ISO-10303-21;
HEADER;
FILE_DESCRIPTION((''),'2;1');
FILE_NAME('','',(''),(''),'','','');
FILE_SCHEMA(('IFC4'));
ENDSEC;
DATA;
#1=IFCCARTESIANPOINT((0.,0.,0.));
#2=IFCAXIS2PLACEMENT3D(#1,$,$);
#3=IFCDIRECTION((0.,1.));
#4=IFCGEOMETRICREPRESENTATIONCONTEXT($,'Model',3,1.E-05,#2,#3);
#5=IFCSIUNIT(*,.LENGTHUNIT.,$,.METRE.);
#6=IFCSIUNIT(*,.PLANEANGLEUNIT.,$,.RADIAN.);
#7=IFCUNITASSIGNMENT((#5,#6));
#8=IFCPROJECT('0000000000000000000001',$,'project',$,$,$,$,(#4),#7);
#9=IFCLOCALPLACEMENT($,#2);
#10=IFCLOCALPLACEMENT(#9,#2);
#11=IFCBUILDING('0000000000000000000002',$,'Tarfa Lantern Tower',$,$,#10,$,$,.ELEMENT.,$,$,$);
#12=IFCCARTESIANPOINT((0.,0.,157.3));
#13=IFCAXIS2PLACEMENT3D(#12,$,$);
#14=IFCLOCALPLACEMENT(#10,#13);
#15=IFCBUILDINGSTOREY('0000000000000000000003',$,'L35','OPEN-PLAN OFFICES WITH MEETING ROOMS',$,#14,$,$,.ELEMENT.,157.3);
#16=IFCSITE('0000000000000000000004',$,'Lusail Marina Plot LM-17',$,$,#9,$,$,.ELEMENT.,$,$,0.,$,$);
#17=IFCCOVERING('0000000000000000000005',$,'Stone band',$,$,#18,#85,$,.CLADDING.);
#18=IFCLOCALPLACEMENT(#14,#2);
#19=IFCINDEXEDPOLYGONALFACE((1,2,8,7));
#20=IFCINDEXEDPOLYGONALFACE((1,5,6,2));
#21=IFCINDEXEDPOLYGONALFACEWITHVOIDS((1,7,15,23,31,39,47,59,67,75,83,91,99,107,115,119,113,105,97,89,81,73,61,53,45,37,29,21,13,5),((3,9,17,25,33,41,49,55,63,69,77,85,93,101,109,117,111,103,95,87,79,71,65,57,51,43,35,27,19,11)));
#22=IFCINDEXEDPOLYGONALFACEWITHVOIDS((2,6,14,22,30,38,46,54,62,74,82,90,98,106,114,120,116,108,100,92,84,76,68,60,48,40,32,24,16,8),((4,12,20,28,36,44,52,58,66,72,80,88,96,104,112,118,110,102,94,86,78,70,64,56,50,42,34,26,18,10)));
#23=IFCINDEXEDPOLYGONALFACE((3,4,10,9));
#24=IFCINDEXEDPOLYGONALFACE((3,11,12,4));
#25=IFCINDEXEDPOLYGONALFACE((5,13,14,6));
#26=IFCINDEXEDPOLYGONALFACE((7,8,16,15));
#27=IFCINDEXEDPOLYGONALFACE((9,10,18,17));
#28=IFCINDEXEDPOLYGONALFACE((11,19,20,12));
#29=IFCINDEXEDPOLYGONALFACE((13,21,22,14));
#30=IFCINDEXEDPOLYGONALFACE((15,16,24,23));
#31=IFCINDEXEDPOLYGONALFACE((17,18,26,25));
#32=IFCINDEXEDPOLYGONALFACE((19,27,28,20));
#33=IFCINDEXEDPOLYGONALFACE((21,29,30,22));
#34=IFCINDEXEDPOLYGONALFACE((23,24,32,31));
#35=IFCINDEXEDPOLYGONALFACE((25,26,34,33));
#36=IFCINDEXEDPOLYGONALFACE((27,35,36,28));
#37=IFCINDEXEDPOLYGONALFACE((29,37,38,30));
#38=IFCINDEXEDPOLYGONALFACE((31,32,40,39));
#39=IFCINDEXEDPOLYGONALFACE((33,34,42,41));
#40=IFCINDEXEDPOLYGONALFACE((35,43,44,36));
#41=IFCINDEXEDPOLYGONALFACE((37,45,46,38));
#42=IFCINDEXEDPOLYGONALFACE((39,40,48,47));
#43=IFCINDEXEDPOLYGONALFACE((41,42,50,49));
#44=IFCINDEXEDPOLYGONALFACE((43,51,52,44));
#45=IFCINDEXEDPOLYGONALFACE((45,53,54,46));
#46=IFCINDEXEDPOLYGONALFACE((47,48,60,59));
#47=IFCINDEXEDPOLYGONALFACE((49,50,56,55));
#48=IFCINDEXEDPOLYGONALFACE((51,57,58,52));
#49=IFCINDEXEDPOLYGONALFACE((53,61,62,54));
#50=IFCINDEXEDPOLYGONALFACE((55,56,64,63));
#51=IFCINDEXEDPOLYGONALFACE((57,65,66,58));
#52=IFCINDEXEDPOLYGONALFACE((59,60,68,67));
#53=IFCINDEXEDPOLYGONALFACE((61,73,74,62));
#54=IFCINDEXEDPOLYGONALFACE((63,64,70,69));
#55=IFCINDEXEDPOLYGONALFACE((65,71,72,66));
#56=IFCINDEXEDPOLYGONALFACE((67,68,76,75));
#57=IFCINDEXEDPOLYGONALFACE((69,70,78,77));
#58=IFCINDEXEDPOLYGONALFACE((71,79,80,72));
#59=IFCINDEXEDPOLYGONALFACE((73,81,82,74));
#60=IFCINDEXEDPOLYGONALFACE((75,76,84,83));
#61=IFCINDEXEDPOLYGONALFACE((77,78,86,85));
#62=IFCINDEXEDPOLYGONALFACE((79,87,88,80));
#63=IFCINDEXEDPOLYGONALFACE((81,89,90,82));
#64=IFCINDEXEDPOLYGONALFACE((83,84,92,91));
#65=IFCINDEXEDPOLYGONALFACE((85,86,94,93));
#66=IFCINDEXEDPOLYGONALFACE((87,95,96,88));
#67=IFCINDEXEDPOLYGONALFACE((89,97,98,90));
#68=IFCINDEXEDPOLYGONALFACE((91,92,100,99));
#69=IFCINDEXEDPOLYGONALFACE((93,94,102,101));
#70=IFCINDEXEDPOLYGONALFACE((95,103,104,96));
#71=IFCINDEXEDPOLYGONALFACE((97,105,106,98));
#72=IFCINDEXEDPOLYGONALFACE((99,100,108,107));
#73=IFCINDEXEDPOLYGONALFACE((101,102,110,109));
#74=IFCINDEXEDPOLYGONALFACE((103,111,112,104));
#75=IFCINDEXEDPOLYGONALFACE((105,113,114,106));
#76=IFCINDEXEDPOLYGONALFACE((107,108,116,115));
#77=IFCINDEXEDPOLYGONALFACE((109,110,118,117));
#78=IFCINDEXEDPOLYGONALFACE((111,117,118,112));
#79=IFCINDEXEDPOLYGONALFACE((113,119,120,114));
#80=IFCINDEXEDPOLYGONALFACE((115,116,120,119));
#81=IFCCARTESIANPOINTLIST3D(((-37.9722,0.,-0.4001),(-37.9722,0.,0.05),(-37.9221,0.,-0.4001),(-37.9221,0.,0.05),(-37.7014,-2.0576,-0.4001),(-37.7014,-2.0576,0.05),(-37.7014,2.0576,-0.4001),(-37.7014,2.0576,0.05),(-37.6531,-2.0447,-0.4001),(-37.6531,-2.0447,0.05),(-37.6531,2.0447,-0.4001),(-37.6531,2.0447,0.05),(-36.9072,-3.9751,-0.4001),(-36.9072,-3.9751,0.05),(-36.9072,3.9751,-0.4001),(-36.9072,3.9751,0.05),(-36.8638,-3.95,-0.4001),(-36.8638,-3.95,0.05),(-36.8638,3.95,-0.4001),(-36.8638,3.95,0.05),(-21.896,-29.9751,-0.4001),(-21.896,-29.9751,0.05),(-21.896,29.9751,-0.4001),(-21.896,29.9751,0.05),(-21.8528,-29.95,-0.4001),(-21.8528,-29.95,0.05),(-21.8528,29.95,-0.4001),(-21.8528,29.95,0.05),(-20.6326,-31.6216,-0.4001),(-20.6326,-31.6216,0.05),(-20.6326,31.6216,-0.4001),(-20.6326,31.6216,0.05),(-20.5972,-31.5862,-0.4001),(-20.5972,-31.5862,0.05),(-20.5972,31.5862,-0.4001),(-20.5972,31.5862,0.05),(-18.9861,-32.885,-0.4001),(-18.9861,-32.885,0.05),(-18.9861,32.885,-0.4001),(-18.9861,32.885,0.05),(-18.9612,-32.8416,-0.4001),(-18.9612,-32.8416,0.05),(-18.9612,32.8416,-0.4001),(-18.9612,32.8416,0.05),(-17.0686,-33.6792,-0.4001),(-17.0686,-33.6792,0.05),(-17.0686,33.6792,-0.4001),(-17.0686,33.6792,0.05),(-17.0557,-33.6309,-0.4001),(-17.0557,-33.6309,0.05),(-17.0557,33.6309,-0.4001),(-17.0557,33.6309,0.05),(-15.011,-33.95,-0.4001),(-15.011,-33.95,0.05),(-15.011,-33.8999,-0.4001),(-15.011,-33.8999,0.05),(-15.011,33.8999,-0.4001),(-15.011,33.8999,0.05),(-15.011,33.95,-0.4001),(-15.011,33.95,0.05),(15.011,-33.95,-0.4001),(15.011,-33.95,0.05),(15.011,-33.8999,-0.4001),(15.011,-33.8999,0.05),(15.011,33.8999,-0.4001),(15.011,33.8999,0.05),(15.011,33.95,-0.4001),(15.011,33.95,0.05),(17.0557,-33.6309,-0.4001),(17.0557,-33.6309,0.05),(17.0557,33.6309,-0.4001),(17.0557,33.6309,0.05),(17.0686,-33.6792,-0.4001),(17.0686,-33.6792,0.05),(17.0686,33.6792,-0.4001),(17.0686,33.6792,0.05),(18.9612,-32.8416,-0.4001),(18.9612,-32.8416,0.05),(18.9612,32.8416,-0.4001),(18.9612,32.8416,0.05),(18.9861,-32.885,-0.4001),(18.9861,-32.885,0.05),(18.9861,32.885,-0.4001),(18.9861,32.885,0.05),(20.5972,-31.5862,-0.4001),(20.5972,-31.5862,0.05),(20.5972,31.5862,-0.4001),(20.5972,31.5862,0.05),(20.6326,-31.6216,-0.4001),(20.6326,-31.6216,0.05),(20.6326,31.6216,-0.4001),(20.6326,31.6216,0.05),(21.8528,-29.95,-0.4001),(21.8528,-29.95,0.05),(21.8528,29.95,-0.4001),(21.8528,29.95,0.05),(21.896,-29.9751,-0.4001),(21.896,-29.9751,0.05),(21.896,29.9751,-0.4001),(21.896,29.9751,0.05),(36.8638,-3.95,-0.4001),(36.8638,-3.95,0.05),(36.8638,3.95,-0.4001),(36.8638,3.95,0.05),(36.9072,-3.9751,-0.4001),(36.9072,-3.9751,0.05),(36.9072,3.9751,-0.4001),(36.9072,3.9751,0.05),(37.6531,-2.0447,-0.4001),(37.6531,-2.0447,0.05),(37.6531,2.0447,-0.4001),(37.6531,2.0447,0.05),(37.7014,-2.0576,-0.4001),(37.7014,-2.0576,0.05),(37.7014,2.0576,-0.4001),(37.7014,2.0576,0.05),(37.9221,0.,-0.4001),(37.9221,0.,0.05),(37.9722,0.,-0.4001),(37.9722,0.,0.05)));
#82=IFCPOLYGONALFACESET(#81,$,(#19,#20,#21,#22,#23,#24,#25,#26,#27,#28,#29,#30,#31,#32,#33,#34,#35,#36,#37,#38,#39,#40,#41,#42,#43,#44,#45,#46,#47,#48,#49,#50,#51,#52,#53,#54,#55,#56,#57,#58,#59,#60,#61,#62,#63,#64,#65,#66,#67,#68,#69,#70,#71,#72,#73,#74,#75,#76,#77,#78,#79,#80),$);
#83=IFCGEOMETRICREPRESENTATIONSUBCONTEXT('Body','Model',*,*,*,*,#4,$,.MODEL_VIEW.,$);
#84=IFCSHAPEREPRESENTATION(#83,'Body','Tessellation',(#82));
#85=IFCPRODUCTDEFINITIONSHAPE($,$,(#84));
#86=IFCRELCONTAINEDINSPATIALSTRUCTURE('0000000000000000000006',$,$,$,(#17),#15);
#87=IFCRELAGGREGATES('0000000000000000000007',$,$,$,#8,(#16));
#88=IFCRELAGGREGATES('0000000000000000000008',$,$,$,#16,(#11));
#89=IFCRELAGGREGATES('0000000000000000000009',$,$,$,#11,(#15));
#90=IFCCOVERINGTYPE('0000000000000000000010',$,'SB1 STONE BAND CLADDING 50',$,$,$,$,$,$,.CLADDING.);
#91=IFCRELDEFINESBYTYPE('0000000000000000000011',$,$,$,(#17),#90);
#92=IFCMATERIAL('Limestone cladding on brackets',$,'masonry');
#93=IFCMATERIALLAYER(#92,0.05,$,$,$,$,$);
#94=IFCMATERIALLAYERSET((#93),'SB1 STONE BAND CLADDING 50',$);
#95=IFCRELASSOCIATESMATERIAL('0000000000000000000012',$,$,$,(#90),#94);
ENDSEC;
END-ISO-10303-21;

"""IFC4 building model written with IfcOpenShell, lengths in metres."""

from ifc_helpers import new_model, si_unit, direction, frame, origin, place, context, subcontext, project, spatial, polyline, outline, extrude, material, layer, layer_set, type_object, element, save


model = new_model("IFC4")

# Units and contexts
model_context = context("Model", 3, precision=1e-05, world=origin(), true_north=direction((0.0, 1.0)))
body_context = subcontext(model_context, "Body", "Model", "MODEL_VIEW")
ifc_project = project(units=[si_unit("LENGTHUNIT", "METRE"), si_unit("PLANEANGLEUNIT", "RADIAN")], contexts=[model_context])

# Site, building, storey
site_placement = place(None, origin())
site = spatial("IfcSite", under=ifc_project, at=site_placement, Name="Lusail Marina Plot LM-17", CompositionType="ELEMENT", RefElevation=0.0)
building_placement = place(site_placement, origin())
building = spatial("IfcBuilding", under=site, at=building_placement, Name="Tarfa Lantern Tower", CompositionType="ELEMENT")
storey_placement = place(building_placement, frame((0.0, 0.0, 157.3)))
storey = spatial("IfcBuildingStorey", under=building, at=storey_placement, Name="L35", Description="OPEN-PLAN OFFICES WITH MEETING ROOMS", CompositionType="ELEMENT", Elevation=157.3)

# Covering
ifc_material_1 = material(Name="Limestone cladding on brackets", Category="masonry")
ifc_layer_1 = layer(ifc_material_1, 0.05)
ifc_layer_set_1 = layer_set([ifc_layer_1], Name="SB1 STONE BAND CLADDING 50")
covering_type_1 = type_object("IfcCoveringType", Name="SB1 STONE BAND CLADDING 50", PredefinedType="CLADDING", material=ifc_layer_set_1)
covering_1_placement = place(storey_placement, frame((0.0, 0.0, -0.4001)))
element("IfcCovering", 1, at=covering_1_placement, inside=storey, type_object=covering_type_1, Name="Stone band", PredefinedType="CLADDING", context=body_context, shape_type="SweptSolid", body=[
    extrude(outline(polyline([(36.9072, 3.9751), (21.896, 29.9751), (20.6326, 31.6216), (18.9861, 32.885), (17.0686, 33.6792), (15.011, 33.95), (-15.011, 33.95), (-17.0686, 33.6792), (-18.9861, 32.885), (-20.6326, 31.6216), (-21.896, 29.9751), (-36.9072, 3.9751), (-37.7014, 2.0576), (-37.9722, 0.0), (-37.7014, -2.0576), (-36.9072, -3.9751), (-21.896, -29.9751), (-20.6326, -31.6216), (-18.9861, -32.885), (-17.0686, -33.6792), (-15.011, -33.95), (15.011, -33.95), (17.0686, -33.6792), (18.9861, -32.885), (20.6326, -31.6216), (21.896, -29.9751), (36.9072, -3.9751), (37.7014, -2.0576), (37.9722, 0.0), (37.7014, 2.0576), (36.9072, 3.9751)]), holes=[polyline([(36.8638, 3.95), (21.8528, 29.95), (20.5972, 31.5862), (18.9612, 32.8416), (17.0557, 33.6309), (15.011, 33.8999), (-15.011, 33.8999), (-17.0557, 33.6309), (-18.9612, 32.8416), (-20.5972, 31.5862), (-21.8528, 29.95), (-36.8638, 3.95), (-37.6531, 2.0447), (-37.9221, 0.0), (-37.6531, -2.0447), (-36.8638, -3.95), (-21.8528, -29.95), (-20.5972, -31.5862), (-18.9612, -32.8416), (-17.0557, -33.6309), (-15.011, -33.8999), (15.011, -33.8999), (17.0557, -33.6309), (18.9612, -32.8416), (20.5972, -31.5862), (21.8528, -29.95), (36.8638, -3.95), (37.6531, -2.0447), (37.9221, 0.0), (37.6531, 2.0447), (36.8638, 3.95)])]), origin(), (0.0, 0.0, 1.0), 0.4502),
])

save(model, "model.ifc")
